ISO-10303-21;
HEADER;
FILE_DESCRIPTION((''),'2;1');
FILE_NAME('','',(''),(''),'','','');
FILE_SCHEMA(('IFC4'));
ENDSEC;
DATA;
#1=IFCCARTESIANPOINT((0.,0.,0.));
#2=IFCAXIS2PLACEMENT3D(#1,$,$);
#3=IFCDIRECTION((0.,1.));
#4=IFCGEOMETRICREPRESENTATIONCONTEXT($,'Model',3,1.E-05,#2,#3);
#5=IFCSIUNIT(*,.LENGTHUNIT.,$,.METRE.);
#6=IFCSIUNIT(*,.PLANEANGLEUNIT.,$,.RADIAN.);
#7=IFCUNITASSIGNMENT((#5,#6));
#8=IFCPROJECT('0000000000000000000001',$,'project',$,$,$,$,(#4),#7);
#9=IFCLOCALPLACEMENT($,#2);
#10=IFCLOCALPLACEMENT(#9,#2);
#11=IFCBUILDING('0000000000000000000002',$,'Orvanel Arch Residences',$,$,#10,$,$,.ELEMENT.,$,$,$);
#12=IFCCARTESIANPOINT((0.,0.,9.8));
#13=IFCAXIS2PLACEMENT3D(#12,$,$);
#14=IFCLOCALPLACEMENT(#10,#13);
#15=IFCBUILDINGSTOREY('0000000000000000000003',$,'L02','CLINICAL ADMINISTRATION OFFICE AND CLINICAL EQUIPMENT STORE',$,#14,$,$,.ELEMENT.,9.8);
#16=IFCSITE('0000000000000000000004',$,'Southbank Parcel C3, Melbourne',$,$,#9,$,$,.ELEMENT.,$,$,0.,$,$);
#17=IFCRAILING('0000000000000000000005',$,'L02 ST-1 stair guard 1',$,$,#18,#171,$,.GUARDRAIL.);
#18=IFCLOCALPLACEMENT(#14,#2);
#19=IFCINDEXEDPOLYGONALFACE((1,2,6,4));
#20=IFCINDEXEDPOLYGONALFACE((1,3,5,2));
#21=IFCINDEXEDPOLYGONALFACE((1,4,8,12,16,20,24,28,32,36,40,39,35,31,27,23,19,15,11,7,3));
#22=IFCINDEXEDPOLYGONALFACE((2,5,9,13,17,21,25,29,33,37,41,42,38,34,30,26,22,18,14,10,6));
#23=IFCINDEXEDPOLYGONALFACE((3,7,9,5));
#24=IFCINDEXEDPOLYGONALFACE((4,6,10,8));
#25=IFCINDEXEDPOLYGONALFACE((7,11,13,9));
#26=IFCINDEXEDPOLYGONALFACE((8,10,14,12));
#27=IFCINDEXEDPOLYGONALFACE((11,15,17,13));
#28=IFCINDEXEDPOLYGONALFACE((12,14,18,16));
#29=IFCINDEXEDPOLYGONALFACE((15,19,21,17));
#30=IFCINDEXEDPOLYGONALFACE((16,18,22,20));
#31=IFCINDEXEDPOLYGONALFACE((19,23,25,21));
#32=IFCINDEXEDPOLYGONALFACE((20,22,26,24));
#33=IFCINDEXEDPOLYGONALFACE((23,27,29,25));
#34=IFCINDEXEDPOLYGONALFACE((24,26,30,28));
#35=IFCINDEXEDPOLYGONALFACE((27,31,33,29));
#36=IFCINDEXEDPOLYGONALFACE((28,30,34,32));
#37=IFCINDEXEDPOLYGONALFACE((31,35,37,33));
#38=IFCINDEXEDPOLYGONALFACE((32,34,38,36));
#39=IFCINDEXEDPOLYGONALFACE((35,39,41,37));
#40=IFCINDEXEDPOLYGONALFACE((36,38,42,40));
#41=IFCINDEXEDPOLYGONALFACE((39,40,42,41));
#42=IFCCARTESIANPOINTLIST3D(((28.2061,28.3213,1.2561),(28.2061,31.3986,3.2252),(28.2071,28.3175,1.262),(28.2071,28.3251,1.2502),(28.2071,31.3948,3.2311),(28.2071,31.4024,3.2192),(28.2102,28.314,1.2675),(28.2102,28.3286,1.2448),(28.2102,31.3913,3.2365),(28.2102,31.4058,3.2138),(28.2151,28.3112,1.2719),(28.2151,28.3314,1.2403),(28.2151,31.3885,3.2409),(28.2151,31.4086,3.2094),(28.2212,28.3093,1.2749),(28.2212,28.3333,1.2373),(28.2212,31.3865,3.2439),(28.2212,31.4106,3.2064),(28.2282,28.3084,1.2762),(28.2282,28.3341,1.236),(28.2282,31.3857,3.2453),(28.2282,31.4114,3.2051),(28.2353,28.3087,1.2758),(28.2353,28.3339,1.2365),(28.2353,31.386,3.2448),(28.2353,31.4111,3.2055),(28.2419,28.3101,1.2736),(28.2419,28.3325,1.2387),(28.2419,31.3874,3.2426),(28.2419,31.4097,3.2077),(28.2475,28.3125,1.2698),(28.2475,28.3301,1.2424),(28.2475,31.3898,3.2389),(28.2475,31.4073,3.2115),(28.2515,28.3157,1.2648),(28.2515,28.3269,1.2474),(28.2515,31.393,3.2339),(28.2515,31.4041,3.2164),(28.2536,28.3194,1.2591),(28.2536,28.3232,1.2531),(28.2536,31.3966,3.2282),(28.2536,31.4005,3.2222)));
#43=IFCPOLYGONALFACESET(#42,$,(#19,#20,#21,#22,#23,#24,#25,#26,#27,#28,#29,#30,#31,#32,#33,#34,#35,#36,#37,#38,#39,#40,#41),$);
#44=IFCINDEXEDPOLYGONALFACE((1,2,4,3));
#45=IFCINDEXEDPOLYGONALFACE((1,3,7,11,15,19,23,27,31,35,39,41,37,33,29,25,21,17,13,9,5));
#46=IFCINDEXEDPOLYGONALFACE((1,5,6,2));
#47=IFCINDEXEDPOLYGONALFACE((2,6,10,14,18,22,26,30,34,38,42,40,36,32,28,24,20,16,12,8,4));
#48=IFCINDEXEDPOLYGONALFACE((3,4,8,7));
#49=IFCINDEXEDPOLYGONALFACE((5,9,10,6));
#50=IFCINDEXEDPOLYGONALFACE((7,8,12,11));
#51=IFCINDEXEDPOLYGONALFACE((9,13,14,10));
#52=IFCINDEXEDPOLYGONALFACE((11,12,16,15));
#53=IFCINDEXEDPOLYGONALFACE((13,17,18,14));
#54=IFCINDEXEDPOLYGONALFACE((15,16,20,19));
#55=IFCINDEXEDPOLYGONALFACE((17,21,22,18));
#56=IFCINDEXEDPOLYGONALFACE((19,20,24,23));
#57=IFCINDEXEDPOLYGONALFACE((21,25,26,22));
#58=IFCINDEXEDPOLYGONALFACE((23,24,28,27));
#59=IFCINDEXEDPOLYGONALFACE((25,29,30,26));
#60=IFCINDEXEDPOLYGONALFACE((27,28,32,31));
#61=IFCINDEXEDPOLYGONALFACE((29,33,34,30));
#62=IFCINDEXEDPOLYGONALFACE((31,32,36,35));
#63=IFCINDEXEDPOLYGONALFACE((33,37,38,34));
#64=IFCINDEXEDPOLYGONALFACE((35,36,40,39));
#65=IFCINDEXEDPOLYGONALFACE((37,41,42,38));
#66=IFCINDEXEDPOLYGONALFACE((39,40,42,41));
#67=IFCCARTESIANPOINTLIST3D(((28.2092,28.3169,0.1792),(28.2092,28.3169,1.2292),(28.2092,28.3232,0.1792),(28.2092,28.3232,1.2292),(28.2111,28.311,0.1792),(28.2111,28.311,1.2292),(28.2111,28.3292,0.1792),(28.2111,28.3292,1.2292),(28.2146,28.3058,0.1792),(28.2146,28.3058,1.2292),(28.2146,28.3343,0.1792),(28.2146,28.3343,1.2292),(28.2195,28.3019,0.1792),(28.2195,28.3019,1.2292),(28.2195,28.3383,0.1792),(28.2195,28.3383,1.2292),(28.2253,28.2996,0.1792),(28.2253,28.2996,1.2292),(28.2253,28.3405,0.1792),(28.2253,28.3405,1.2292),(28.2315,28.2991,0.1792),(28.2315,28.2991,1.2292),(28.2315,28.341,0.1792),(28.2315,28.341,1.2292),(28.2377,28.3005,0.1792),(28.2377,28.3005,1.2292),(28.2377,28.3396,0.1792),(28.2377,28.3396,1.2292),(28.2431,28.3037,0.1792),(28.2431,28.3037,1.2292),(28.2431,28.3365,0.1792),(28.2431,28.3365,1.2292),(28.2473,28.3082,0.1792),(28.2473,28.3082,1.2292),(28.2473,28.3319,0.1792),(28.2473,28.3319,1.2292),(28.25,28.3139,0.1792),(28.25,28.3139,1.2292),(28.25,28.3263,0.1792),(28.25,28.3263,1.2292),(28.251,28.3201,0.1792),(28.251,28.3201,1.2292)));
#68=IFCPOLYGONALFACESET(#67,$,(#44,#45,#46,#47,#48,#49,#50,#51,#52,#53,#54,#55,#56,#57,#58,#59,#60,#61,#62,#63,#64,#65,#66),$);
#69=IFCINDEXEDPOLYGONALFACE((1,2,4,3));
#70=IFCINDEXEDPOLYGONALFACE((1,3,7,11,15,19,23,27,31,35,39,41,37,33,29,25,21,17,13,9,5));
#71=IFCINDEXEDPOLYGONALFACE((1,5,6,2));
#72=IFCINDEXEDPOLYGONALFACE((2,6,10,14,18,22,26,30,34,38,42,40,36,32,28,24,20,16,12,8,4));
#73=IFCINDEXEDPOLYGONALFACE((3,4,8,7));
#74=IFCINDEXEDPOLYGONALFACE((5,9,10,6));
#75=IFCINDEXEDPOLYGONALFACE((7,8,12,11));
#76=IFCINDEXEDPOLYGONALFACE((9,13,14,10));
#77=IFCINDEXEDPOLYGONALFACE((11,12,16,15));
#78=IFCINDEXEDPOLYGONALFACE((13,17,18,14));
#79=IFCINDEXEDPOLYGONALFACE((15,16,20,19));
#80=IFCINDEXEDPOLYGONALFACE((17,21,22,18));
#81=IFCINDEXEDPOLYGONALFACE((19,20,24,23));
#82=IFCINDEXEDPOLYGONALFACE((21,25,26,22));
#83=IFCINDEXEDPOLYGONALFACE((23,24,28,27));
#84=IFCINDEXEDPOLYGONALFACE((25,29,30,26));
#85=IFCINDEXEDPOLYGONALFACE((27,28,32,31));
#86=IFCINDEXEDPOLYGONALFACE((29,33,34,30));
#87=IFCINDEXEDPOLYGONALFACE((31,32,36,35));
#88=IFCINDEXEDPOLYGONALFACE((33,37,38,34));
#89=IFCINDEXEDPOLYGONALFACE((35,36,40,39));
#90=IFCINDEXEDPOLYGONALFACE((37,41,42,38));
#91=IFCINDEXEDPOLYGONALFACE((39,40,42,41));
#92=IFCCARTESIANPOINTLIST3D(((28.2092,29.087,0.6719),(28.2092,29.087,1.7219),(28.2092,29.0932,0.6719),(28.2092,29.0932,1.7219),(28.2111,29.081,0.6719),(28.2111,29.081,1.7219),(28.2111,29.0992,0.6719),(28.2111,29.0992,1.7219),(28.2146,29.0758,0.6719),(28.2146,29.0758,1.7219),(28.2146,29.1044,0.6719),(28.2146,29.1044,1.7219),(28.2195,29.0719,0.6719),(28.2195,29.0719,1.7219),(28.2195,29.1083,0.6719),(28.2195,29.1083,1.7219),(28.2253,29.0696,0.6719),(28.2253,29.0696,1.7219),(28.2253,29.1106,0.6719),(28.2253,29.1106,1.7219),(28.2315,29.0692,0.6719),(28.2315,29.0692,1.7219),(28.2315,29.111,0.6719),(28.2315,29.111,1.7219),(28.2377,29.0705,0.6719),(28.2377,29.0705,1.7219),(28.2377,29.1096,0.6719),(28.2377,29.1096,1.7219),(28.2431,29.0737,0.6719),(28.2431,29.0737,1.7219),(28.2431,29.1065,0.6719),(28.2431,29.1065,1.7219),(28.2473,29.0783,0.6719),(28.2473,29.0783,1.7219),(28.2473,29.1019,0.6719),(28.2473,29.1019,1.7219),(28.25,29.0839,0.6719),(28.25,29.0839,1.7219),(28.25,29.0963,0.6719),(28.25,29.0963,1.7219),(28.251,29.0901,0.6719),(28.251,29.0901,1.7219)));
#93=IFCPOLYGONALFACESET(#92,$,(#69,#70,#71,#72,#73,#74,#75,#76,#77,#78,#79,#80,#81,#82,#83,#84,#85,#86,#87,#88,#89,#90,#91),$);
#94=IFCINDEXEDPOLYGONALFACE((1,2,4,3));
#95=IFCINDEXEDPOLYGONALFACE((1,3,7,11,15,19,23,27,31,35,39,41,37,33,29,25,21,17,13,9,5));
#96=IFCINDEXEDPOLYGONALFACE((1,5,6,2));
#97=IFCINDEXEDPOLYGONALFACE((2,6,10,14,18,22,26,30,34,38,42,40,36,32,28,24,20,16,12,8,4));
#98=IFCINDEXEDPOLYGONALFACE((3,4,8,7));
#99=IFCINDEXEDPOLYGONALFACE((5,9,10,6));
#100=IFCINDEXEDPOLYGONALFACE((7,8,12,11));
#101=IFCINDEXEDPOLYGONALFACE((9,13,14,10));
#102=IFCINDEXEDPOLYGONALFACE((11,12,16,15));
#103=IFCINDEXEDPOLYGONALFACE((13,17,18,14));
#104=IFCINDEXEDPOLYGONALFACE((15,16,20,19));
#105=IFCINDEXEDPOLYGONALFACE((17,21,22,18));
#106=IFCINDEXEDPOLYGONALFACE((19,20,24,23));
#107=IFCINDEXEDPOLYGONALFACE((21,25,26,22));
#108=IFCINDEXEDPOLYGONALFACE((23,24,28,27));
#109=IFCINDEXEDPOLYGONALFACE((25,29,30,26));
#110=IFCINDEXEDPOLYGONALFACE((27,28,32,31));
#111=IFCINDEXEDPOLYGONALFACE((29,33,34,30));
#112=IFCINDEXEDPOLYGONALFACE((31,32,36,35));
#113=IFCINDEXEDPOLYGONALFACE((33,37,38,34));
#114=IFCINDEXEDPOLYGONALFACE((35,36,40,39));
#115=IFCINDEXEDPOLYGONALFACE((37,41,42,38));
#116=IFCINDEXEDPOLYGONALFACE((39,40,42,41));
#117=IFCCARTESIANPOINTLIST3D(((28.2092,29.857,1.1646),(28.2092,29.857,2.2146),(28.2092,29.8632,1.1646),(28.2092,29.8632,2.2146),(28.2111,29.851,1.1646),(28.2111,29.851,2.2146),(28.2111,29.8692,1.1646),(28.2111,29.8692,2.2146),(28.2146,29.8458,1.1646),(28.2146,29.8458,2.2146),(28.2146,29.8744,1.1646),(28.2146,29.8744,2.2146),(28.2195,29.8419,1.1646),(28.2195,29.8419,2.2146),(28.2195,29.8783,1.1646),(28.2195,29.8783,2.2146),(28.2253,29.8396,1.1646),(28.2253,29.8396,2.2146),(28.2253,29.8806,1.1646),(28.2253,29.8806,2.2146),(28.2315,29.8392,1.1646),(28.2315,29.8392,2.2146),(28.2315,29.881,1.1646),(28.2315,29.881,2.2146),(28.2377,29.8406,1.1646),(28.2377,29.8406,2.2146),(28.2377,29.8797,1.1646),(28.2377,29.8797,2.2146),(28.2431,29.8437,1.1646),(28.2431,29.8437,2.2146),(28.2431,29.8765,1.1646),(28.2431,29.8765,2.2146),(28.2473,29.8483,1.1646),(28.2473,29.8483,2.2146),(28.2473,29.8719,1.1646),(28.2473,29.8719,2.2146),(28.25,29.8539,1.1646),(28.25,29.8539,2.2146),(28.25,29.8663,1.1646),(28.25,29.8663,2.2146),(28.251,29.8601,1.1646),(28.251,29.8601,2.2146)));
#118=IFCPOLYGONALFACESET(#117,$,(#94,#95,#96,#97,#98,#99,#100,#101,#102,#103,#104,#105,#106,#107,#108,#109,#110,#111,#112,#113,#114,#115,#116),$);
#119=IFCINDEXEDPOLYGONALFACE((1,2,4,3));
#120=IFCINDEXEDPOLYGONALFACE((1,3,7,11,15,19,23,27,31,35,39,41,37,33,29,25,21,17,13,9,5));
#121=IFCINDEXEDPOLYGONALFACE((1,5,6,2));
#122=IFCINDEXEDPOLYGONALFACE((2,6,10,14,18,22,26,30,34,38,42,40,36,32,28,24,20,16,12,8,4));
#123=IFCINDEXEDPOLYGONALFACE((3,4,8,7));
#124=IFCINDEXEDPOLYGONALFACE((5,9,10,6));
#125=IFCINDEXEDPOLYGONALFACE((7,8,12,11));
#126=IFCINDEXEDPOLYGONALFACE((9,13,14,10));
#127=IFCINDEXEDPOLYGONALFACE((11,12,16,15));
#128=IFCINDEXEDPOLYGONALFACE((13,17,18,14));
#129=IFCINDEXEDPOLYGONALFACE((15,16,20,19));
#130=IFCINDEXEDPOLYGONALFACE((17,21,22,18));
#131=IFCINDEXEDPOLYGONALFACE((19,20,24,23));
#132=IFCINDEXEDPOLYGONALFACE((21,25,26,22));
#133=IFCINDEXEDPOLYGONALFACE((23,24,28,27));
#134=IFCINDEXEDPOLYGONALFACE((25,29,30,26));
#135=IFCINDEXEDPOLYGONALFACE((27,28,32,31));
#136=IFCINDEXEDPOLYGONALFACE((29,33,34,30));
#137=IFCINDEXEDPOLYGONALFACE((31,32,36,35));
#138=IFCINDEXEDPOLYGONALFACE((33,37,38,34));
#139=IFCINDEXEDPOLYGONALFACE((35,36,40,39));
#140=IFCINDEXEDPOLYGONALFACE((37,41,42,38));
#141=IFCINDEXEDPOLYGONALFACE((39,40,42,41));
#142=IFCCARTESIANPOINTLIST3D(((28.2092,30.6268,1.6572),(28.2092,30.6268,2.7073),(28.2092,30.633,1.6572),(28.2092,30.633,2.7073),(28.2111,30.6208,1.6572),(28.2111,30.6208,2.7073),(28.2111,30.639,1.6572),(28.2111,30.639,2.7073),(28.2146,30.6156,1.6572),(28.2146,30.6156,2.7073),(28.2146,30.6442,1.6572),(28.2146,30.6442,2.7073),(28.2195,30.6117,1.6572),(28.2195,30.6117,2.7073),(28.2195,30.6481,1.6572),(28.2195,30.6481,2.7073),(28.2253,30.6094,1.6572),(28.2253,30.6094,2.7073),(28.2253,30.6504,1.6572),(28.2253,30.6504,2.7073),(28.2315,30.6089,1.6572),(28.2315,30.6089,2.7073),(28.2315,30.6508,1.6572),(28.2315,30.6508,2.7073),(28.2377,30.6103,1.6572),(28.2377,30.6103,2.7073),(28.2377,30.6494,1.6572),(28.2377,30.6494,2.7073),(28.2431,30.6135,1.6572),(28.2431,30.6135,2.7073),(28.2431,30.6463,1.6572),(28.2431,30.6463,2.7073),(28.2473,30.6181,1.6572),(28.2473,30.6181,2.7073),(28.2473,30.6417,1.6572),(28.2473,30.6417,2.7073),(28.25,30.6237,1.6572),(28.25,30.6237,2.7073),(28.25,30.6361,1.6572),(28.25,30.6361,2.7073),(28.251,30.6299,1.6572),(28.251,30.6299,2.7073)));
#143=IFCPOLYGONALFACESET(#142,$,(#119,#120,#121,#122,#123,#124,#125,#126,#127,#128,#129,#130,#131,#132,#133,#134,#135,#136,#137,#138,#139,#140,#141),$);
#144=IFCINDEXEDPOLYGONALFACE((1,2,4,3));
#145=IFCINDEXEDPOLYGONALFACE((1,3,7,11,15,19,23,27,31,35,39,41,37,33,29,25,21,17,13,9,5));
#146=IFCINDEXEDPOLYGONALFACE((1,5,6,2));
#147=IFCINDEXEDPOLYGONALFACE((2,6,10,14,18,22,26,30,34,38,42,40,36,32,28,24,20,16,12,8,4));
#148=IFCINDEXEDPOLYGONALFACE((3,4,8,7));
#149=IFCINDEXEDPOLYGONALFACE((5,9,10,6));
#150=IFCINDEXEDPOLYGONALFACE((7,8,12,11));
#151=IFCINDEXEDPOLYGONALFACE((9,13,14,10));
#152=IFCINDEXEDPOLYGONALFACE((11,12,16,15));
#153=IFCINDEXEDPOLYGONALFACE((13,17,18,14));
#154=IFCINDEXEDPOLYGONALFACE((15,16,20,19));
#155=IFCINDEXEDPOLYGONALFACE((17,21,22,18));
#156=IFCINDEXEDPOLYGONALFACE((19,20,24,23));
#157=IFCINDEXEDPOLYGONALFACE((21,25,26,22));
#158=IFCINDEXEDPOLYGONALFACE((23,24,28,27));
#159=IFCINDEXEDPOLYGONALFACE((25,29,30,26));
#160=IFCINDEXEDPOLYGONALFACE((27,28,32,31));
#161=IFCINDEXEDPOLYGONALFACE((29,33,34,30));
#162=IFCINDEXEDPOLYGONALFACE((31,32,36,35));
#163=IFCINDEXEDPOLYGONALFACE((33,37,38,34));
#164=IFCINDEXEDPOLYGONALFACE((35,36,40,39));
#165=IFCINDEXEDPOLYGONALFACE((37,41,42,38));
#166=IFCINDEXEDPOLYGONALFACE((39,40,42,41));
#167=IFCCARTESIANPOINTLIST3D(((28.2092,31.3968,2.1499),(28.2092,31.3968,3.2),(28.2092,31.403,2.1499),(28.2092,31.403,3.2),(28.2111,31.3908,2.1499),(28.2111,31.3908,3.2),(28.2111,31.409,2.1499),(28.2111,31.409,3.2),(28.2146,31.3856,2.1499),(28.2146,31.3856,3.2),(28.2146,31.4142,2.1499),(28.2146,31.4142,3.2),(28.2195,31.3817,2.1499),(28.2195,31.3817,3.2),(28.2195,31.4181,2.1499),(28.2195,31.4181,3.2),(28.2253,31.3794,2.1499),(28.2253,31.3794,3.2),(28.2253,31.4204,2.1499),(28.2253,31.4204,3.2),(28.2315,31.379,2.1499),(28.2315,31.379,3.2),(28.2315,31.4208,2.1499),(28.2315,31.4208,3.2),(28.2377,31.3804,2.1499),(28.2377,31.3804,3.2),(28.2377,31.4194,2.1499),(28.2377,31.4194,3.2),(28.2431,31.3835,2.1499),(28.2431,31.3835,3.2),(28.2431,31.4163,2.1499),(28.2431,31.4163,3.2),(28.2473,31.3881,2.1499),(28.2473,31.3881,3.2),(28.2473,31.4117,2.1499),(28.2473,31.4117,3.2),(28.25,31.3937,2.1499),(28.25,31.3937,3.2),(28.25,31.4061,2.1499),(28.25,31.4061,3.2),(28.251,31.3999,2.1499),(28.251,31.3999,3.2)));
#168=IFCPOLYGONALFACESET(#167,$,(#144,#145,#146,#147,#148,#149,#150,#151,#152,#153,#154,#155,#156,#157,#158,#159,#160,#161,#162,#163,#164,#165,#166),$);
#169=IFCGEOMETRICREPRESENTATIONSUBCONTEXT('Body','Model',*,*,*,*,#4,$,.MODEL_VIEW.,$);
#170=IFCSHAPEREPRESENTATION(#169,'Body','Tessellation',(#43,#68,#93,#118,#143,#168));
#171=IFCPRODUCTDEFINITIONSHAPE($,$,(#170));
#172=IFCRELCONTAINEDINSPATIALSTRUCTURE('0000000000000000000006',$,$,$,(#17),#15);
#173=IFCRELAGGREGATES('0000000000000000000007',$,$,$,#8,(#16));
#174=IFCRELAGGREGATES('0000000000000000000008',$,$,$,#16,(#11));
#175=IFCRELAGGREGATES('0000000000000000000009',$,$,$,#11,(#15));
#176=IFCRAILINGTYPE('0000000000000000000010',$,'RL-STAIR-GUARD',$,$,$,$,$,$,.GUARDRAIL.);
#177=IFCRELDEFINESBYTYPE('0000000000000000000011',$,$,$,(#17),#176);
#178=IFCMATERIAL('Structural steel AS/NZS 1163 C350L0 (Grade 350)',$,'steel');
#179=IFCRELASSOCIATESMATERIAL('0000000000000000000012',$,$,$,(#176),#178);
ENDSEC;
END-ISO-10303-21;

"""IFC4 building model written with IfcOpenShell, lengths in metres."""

from ifc_helpers import new_model, si_unit, direction, frame, origin, origin_2d, place, context, subcontext, project, spatial, circle, extrude, material, type_object, element, save


model = new_model("IFC4")

# Units and contexts
model_context = context("Model", 3, precision=1e-05, world=origin(), true_north=direction((0.0, 1.0)))
body_context = subcontext(model_context, "Body", "Model", "MODEL_VIEW")
ifc_project = project(units=[si_unit("LENGTHUNIT", "METRE"), si_unit("PLANEANGLEUNIT", "RADIAN")], contexts=[model_context])

# Site, building, storey
site_placement = place(None, origin())
site = spatial("IfcSite", under=ifc_project, at=site_placement, Name="Southbank Parcel C3, Melbourne", CompositionType="ELEMENT", RefElevation=0.0)
building_placement = place(site_placement, origin())
building = spatial("IfcBuilding", under=site, at=building_placement, Name="Orvanel Arch Residences", CompositionType="ELEMENT")
storey_placement = place(building_placement, frame((0.0, 0.0, 9.8)))
storey = spatial("IfcBuildingStorey", under=building, at=storey_placement, Name="L02", Description="CLINICAL ADMINISTRATION OFFICE AND CLINICAL EQUIPMENT STORE", CompositionType="ELEMENT", Elevation=9.8)

# Shared definitions
ifc_material_1 = material(Name="Structural steel AS/NZS 1163 C350L0 (Grade 350)", Category="steel")

# Railing
railing_type = type_object("IfcRailingType", Name="RL-STAIR-GUARD", PredefinedType="GUARDRAIL", material=ifc_material_1)
railing_1_placement = place(storey_placement, frame((28.23, 28.3201, 0.1792)))
element("IfcRailing", 1, at=railing_1_placement, inside=storey, type_object=railing_type, Name="L02 ST-1 stair guard 1", PredefinedType="GUARDRAIL", context=body_context, shape_type="SweptSolid", body=[
    extrude(circle(Radius=0.0239, at=origin_2d()), frame((0.0, 0.0012, 1.0769), z_axis=(0.0, 0.84232, 0.538978), x_axis=(-1.0, 0.0, 0.0)), (0.0, 0.0, 1.0), 3.6533),
    extrude(circle(Radius=0.021, at=origin_2d()), origin(), (0.0, 0.0, 1.0), 1.05),
    extrude(circle(Radius=0.021, at=origin_2d()), frame((0.0, 0.77, 0.4927)), (0.0, 0.0, 1.0), 1.05),
    extrude(circle(Radius=0.021, at=origin_2d()), frame((0.0, 1.54, 0.9854)), (0.0, 0.0, 1.0), 1.05),
    extrude(circle(Radius=0.021, at=origin_2d()), frame((0.0, 2.3098, 1.478)), (0.0, 0.0, 1.0), 1.05),
    extrude(circle(Radius=0.021, at=origin_2d()), frame((0.0, 3.0798, 1.9707)), (0.0, 0.0, 1.0), 1.05),
])

save(model, "model.ifc")
